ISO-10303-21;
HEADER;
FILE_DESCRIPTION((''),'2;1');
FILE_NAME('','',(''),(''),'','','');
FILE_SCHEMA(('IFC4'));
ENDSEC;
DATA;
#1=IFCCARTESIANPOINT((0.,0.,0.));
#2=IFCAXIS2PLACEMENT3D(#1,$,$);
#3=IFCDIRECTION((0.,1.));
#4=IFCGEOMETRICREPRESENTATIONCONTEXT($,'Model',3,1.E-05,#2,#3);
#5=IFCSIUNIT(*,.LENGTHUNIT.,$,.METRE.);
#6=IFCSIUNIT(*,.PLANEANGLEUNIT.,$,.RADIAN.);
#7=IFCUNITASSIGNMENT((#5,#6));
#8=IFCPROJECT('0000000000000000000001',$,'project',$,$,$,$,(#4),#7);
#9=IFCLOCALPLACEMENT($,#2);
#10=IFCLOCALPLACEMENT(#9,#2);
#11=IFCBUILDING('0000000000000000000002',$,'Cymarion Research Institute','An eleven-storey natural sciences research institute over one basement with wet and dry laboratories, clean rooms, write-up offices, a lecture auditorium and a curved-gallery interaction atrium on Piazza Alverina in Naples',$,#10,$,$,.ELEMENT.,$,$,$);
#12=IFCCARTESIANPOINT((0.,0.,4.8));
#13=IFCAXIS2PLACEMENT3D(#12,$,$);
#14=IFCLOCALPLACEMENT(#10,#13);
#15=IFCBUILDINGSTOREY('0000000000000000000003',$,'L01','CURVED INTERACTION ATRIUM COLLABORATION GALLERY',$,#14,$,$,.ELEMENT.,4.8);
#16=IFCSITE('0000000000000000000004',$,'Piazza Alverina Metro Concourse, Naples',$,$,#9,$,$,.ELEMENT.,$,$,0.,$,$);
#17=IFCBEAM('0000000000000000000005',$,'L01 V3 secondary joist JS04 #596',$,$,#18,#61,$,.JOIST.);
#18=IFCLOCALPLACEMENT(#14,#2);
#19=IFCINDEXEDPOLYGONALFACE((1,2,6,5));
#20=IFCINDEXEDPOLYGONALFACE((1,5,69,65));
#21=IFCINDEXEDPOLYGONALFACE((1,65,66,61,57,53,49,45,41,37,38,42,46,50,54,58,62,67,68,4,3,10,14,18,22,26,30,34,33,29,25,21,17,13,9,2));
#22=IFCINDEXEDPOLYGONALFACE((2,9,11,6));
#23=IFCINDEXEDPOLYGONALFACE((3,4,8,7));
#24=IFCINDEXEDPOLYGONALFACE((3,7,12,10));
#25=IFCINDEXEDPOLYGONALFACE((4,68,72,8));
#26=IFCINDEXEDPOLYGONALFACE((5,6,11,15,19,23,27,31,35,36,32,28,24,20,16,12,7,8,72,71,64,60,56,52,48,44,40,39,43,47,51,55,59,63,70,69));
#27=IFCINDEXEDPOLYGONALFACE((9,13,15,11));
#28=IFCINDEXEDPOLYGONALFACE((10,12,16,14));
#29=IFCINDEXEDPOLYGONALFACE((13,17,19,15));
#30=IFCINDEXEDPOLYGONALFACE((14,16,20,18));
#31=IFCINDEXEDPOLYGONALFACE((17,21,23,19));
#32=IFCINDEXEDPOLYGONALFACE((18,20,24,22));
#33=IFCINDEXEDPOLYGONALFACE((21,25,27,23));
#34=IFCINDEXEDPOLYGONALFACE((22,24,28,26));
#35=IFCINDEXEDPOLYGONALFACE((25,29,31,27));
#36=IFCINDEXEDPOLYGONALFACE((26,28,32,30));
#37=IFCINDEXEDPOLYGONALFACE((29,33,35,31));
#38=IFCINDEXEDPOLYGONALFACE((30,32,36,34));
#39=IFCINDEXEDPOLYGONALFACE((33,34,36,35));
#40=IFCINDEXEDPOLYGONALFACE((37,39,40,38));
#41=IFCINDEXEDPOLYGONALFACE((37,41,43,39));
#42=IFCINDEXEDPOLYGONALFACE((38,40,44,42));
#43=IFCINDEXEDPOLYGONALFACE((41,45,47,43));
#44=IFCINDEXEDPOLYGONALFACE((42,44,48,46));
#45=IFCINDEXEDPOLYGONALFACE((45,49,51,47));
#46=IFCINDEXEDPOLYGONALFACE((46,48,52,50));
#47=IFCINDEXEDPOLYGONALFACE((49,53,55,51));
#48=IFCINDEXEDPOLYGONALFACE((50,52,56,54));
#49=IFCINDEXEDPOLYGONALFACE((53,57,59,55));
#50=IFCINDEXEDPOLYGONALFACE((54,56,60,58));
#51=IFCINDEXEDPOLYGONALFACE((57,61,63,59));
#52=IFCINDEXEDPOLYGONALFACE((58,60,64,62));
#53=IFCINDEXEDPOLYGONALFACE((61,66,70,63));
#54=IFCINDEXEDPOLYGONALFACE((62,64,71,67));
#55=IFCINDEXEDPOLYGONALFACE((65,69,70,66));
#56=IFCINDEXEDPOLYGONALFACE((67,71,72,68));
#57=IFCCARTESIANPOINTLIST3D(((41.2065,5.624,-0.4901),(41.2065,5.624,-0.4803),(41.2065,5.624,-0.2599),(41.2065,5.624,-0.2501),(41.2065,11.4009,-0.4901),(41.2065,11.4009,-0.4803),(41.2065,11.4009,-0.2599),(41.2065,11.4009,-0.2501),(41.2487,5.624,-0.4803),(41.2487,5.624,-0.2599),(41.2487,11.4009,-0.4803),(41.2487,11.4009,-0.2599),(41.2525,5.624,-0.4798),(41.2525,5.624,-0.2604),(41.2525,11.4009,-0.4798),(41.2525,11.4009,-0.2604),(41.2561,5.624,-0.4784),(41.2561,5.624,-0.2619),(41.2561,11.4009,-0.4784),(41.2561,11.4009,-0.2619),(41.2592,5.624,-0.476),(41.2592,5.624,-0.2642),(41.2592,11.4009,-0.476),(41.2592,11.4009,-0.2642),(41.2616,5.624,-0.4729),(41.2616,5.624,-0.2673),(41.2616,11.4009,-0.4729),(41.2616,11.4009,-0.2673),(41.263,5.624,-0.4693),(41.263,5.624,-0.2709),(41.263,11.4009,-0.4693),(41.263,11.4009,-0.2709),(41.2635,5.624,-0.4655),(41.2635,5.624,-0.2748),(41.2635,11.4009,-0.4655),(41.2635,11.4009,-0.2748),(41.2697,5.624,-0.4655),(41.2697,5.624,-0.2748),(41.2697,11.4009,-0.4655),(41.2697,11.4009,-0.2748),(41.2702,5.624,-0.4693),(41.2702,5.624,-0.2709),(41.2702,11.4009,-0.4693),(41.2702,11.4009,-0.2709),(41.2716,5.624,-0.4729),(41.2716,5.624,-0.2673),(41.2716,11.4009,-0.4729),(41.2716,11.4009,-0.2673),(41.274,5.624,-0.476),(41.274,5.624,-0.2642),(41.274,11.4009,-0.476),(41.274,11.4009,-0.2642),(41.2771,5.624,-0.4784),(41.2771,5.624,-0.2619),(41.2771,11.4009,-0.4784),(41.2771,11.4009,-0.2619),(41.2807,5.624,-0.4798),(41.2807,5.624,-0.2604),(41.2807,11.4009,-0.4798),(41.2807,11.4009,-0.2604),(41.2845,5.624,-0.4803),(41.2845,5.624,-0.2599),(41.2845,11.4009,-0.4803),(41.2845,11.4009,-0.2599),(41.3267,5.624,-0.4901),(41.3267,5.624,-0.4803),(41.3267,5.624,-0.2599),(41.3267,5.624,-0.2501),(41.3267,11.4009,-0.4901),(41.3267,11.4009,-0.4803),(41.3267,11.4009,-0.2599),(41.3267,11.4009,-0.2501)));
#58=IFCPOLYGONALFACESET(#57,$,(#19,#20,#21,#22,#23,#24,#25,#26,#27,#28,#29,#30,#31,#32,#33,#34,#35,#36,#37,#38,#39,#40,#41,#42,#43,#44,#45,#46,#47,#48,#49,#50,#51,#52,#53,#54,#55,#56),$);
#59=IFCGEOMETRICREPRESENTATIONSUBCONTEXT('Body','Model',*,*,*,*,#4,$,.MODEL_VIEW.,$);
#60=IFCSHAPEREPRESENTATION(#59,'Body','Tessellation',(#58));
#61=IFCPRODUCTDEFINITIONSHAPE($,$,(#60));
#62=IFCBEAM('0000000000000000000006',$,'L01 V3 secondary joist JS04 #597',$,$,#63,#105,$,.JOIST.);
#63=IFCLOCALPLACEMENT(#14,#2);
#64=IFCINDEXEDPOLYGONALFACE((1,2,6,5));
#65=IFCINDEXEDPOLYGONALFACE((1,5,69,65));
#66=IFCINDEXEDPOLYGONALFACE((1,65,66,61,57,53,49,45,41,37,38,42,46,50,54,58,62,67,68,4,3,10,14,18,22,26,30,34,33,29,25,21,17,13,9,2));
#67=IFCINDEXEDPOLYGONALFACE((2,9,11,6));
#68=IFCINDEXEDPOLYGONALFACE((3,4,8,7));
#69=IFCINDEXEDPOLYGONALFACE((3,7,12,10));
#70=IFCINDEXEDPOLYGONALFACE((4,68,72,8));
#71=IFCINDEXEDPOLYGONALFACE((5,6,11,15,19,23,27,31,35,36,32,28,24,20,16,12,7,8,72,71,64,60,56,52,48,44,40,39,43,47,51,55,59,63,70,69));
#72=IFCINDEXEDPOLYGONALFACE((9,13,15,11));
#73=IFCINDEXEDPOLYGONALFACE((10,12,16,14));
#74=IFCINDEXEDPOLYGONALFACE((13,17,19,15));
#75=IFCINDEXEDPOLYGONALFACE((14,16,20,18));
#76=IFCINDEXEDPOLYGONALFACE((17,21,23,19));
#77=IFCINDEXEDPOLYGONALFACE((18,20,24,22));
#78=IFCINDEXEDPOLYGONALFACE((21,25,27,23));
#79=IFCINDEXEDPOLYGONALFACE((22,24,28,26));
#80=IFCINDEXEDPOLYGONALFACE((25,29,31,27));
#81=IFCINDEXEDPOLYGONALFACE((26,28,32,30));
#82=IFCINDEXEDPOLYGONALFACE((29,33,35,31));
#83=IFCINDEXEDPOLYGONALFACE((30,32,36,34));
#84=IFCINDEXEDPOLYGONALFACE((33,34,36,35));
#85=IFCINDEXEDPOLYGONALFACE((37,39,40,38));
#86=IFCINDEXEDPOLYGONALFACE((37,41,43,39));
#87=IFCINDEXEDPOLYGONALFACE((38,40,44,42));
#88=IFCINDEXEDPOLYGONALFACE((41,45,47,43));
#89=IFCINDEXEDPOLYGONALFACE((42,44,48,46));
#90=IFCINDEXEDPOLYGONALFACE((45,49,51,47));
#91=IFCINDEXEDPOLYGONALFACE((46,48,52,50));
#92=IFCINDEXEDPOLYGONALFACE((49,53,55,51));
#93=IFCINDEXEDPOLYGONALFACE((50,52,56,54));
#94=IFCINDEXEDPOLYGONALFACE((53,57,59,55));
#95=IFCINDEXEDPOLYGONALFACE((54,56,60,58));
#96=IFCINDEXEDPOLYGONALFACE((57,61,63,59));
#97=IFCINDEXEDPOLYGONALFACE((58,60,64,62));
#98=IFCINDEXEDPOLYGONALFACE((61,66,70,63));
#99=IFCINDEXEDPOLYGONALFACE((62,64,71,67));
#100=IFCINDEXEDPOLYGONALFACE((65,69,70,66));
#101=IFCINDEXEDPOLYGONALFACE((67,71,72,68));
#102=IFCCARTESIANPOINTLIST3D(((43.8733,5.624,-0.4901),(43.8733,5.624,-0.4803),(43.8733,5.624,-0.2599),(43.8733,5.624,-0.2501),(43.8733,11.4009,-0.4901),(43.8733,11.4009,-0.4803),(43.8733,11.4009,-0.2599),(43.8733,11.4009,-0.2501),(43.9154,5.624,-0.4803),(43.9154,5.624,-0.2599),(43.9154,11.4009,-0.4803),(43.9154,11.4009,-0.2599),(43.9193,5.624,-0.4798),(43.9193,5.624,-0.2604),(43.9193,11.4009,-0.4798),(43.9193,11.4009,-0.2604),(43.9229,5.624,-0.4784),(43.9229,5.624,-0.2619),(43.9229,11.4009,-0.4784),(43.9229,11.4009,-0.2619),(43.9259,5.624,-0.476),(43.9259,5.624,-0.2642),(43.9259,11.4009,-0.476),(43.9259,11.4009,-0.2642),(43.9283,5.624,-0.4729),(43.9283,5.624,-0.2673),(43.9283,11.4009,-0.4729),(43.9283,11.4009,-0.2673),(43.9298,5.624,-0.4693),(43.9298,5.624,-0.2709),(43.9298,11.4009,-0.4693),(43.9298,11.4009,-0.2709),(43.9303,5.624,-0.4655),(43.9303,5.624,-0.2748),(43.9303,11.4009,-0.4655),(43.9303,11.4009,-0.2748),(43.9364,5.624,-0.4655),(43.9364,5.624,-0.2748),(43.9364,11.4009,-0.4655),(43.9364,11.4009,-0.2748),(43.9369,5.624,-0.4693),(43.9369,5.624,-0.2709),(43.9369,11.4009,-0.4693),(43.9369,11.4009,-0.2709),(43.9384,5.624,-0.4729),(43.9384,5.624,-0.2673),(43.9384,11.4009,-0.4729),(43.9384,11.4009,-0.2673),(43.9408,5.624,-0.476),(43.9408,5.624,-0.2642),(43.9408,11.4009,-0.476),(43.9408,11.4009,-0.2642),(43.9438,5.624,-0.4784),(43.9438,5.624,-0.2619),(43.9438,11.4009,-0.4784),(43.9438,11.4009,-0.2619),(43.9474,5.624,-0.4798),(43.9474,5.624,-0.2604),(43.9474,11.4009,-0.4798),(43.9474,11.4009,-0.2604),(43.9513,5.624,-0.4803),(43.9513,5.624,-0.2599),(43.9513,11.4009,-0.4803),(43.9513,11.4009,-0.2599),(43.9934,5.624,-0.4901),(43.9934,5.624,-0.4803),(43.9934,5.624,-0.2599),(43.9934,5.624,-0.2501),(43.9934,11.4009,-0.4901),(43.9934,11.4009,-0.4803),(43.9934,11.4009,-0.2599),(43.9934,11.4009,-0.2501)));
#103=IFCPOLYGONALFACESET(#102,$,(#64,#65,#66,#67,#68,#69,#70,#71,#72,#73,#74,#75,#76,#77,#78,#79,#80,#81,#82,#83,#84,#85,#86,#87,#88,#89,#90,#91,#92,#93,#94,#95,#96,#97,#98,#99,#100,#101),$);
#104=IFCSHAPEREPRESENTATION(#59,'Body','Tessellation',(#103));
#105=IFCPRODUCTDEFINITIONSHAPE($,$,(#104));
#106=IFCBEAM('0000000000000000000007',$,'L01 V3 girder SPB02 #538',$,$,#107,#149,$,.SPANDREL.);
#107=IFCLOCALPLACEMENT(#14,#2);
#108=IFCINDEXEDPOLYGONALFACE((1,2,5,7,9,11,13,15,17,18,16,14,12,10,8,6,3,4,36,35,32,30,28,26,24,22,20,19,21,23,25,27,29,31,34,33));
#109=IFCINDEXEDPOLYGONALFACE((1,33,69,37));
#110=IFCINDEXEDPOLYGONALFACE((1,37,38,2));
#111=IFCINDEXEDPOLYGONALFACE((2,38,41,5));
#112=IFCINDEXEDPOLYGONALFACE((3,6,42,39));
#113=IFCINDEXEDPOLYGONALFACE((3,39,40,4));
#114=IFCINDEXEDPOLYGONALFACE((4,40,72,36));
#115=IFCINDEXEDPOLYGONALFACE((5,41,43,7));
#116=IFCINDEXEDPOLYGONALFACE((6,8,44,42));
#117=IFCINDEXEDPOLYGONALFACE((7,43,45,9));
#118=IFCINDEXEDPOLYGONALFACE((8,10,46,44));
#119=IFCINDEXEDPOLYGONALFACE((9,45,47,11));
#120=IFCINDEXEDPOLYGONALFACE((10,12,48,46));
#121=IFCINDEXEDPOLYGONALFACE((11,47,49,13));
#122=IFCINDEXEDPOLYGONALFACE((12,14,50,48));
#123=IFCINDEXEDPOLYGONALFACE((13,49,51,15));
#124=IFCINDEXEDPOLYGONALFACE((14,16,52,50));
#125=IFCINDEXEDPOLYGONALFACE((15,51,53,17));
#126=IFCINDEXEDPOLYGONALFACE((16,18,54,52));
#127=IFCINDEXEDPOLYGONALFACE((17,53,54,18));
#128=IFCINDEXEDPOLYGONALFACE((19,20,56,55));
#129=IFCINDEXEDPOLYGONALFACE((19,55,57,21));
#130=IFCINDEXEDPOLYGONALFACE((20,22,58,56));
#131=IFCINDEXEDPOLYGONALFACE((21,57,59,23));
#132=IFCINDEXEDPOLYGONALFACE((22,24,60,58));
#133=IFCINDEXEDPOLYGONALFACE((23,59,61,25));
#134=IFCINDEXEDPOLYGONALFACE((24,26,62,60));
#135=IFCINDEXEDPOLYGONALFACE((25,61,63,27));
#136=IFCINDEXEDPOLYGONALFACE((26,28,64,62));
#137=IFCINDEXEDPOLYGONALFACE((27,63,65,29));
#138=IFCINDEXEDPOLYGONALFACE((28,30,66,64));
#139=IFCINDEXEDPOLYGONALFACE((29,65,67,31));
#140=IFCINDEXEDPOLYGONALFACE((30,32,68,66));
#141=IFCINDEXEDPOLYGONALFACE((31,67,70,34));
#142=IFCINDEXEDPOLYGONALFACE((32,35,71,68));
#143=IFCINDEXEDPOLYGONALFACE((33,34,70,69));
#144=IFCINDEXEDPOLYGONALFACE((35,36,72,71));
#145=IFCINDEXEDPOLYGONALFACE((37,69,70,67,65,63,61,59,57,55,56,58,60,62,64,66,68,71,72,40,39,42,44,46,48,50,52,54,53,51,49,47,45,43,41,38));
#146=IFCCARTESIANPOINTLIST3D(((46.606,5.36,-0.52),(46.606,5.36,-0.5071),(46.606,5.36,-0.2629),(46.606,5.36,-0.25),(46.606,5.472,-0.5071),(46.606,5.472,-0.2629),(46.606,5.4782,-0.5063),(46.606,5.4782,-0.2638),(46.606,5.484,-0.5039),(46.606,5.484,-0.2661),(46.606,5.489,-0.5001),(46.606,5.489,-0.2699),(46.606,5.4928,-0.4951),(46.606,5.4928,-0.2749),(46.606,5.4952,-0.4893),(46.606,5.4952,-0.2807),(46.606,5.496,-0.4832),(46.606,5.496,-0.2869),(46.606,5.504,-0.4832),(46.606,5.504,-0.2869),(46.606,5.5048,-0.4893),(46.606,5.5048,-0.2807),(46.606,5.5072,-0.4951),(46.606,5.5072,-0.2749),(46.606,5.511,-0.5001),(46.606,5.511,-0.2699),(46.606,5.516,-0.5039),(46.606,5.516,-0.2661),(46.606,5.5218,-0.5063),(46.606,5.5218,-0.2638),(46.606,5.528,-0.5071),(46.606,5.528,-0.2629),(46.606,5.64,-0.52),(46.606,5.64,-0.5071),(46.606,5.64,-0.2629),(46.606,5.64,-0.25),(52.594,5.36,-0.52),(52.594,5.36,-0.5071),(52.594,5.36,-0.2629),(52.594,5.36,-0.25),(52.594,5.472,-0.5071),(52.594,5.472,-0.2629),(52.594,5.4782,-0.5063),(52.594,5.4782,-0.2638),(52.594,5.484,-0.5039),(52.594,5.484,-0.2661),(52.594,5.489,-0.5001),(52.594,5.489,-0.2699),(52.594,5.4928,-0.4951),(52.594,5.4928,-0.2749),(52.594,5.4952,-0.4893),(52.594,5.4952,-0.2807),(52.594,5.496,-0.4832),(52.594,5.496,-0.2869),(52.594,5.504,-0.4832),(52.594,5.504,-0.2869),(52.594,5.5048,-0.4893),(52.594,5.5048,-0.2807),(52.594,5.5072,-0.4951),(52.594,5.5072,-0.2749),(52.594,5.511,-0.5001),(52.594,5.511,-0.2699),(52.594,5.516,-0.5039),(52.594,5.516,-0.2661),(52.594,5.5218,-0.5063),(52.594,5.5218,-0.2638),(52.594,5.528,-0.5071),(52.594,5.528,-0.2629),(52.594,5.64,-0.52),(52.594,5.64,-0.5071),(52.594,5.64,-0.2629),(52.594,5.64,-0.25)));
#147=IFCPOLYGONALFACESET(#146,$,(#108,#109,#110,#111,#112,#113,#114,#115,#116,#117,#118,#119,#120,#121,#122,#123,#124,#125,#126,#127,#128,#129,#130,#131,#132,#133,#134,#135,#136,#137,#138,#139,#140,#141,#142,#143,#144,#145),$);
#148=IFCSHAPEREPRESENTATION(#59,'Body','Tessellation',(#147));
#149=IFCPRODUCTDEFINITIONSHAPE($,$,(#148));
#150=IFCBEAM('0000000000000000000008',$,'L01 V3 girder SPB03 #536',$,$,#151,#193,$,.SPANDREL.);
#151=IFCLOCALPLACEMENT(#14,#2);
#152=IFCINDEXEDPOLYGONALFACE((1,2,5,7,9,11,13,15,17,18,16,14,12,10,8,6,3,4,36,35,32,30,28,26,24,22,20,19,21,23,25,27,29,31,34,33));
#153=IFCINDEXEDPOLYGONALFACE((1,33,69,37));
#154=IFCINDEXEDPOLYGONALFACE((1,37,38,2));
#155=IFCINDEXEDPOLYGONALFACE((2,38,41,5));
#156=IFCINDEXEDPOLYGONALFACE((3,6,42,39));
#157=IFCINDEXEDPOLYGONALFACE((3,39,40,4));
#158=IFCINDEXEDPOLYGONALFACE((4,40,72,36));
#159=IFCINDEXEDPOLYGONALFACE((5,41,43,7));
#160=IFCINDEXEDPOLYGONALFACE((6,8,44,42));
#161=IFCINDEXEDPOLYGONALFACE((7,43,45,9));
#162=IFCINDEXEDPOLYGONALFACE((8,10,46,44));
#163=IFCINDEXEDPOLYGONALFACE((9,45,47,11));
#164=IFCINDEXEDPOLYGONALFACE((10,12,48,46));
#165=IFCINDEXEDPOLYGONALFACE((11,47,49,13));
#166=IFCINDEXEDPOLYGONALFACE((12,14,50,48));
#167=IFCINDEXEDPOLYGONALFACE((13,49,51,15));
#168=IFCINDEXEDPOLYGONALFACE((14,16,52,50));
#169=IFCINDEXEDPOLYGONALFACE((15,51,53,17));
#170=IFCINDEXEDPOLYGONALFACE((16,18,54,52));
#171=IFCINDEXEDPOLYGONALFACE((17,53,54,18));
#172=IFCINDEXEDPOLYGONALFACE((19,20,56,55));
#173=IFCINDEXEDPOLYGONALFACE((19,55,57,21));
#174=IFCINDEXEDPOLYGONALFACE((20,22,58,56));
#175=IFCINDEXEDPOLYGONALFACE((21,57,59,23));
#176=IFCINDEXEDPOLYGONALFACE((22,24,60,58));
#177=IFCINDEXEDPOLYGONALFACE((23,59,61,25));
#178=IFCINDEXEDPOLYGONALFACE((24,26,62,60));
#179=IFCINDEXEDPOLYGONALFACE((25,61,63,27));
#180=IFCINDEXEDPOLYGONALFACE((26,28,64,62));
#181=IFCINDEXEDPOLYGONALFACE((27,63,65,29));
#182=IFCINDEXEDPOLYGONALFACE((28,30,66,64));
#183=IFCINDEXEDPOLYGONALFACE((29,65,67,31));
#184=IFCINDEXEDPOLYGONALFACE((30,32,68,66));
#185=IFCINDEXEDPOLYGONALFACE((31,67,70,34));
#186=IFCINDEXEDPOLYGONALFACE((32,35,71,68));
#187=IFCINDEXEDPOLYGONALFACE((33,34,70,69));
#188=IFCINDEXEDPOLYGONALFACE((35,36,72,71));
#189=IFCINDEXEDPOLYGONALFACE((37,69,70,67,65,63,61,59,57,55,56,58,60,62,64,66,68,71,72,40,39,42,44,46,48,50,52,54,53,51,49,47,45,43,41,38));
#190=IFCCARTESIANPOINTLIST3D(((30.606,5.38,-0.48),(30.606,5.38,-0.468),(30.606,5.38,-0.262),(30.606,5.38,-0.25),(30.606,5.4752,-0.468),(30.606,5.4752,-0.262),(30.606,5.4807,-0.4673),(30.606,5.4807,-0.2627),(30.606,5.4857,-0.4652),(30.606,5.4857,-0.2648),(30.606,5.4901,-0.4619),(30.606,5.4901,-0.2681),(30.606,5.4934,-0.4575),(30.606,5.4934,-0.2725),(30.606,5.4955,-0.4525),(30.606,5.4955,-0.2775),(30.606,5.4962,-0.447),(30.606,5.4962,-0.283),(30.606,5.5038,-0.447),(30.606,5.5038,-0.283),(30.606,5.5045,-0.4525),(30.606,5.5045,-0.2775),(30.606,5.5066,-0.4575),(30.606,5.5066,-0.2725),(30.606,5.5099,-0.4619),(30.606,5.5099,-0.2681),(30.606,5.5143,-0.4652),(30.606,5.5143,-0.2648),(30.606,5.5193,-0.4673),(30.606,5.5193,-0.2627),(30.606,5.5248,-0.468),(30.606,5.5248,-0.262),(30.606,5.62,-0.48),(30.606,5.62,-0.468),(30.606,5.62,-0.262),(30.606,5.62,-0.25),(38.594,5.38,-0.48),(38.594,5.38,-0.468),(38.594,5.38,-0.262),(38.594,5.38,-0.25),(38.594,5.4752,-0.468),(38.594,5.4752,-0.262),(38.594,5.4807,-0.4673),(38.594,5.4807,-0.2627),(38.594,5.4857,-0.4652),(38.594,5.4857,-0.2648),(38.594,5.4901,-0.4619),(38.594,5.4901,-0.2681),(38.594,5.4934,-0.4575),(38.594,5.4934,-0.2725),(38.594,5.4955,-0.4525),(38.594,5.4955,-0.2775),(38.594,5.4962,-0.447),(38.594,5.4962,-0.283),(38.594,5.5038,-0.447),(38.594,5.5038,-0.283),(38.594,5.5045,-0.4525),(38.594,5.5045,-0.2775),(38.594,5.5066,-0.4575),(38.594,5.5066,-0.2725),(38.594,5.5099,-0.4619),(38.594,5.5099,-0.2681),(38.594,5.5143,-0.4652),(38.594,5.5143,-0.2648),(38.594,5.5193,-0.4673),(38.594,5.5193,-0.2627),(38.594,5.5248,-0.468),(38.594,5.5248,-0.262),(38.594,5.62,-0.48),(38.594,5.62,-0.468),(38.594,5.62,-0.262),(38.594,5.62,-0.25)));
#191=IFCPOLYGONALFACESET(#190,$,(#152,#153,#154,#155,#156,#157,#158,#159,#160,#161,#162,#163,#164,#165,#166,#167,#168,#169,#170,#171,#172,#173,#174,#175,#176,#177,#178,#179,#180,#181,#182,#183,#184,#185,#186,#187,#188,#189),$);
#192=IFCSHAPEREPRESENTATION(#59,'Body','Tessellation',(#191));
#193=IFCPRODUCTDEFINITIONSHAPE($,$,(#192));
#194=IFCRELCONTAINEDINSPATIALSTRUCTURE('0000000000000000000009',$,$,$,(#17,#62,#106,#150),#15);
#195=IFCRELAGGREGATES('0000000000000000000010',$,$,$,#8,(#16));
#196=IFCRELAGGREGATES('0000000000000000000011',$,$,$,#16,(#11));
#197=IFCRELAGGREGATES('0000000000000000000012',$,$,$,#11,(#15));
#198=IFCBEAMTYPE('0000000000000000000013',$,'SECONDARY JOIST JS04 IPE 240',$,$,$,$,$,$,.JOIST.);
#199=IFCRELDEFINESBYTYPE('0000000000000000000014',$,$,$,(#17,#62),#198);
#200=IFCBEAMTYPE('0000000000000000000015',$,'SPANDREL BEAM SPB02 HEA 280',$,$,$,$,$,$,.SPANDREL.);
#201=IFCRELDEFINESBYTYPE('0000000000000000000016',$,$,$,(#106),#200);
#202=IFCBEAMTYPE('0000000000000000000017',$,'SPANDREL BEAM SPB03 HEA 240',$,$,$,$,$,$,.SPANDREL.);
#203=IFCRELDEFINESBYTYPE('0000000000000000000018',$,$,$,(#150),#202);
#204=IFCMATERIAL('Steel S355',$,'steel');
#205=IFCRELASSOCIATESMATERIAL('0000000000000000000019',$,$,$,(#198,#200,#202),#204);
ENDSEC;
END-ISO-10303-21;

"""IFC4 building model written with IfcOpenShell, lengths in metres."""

from ifc_helpers import new_model, si_unit, direction, frame, origin, origin_2d, place, context, subcontext, project, spatial, i_section, extrude, material, material_profile, profile_set, type_object, element, save


model = new_model("IFC4")

# Units and contexts
model_context = context("Model", 3, precision=1e-05, world=origin(), true_north=direction((0.0, 1.0)))
body_context = subcontext(model_context, "Body", "Model", "MODEL_VIEW")
ifc_project = project(units=[si_unit("LENGTHUNIT", "METRE"), si_unit("PLANEANGLEUNIT", "RADIAN")], contexts=[model_context])

# Site, building, storey
site_placement = place(None, origin())
site = spatial("IfcSite", under=ifc_project, at=site_placement, Name="Piazza Alverina Metro Concourse, Naples", CompositionType="ELEMENT", RefElevation=0.0)
building_placement = place(site_placement, origin())
building = spatial("IfcBuilding", under=site, at=building_placement, Name="Cymarion Research Institute", Description="An eleven-storey natural sciences research institute over one basement with wet and dry laboratories, clean rooms, write-up offices, a lecture auditorium and a curved-gallery interaction atrium on Piazza Alverina in Naples", CompositionType="ELEMENT")
storey_placement = place(building_placement, frame((0.0, 0.0, 4.8)))
storey = spatial("IfcBuildingStorey", under=building, at=storey_placement, Name="L01", Description="CURVED INTERACTION ATRIUM COLLABORATION GALLERY", CompositionType="ELEMENT", Elevation=4.8)

# Shared definitions
ifc_material_1 = material(Name="Steel S355", Category="steel")

# Beams
ifc_material_profile_1 = material_profile(ifc_material_1, i_section(OverallWidth=0.1201, OverallDepth=0.24, WebThickness=0.0061, FlangeThickness=0.0098, FilletRadius=0.0149, at=origin_2d()), Name="IPE 240")
ifc_profile_set_1 = profile_set([ifc_material_profile_1], Name="Steel S355")
beam_type_1 = type_object("IfcBeamType", Name="SECONDARY JOIST JS04 IPE 240", PredefinedType="JOIST", material=ifc_profile_set_1)
for number, where, z_axis, x_axis, name in (
    (1, (41.2666, 5.624, -0.3701), (0.0, 1.0, 0.0), (-1.0, 0.0, 0.0), "L01 V3 secondary joist JS04 #596"),
    (2, (43.9333, 5.624, -0.3701), (0.0, 1.0, 0.0), (-1.0, 0.0, 0.0), "L01 V3 secondary joist JS04 #597"),
):
    element("IfcBeam", number, at=place(storey_placement, frame(where, z_axis=z_axis, x_axis=x_axis)), inside=storey, type_object=beam_type_1, Name=name, PredefinedType="JOIST", context=body_context, shape_type="SweptSolid", body=[
        extrude(i_section(OverallWidth=0.1201, OverallDepth=0.24, WebThickness=0.0061, FlangeThickness=0.0098, FilletRadius=0.0149, at=origin_2d()), origin(), (0.0, 0.0, 1.0), 5.7769),
    ])
ifc_material_profile_2 = material_profile(ifc_material_1, i_section(OverallWidth=0.28, OverallDepth=0.27, WebThickness=0.0081, FlangeThickness=0.0129, FilletRadius=0.0239, at=origin_2d()), Name="HEA 280")
ifc_profile_set_2 = profile_set([ifc_material_profile_2], Name="Steel S355")
beam_type_2 = type_object("IfcBeamType", Name="SPANDREL BEAM SPB02 HEA 280", PredefinedType="SPANDREL", material=ifc_profile_set_2)
beam_1_placement = place(storey_placement, frame((46.606, 5.5, -0.385), z_axis=(1.0, 0.0, 0.0), x_axis=(0.0, 1.0, 0.0)))
element("IfcBeam", 3, at=beam_1_placement, inside=storey, type_object=beam_type_2, Name="L01 V3 girder SPB02 #538", PredefinedType="SPANDREL", context=body_context, shape_type="SweptSolid", body=[
    extrude(i_section(OverallWidth=0.28, OverallDepth=0.27, WebThickness=0.0081, FlangeThickness=0.0129, FilletRadius=0.0239, at=origin_2d()), origin(), (0.0, 0.0, 1.0), 5.988),
])
ifc_material_profile_3 = material_profile(ifc_material_1, i_section(OverallWidth=0.24, OverallDepth=0.23, WebThickness=0.0076, FlangeThickness=0.012, FilletRadius=0.021, at=origin_2d()), Name="HEA 240")
ifc_profile_set_3 = profile_set([ifc_material_profile_3], Name="Steel S355")
beam_type_3 = type_object("IfcBeamType", Name="SPANDREL BEAM SPB03 HEA 240", PredefinedType="SPANDREL", material=ifc_profile_set_3)
for number, where, z_axis, x_axis, name in (
    (4, (30.606, 5.5, -0.365), (1.0, 0.0, 0.0), (0.0, 1.0, 0.0), "L01 V3 girder SPB03 #536"),
):
    element("IfcBeam", number, at=place(storey_placement, frame(where, z_axis=z_axis, x_axis=x_axis)), inside=storey, type_object=beam_type_3, Name=name, PredefinedType="SPANDREL", context=body_context, shape_type="SweptSolid", body=[
        extrude(i_section(OverallWidth=0.24, OverallDepth=0.23, WebThickness=0.0076, FlangeThickness=0.012, FilletRadius=0.021, at=origin_2d()), origin(), (0.0, 0.0, 1.0), 7.988),
    ])

save(model, "model.ifc")
